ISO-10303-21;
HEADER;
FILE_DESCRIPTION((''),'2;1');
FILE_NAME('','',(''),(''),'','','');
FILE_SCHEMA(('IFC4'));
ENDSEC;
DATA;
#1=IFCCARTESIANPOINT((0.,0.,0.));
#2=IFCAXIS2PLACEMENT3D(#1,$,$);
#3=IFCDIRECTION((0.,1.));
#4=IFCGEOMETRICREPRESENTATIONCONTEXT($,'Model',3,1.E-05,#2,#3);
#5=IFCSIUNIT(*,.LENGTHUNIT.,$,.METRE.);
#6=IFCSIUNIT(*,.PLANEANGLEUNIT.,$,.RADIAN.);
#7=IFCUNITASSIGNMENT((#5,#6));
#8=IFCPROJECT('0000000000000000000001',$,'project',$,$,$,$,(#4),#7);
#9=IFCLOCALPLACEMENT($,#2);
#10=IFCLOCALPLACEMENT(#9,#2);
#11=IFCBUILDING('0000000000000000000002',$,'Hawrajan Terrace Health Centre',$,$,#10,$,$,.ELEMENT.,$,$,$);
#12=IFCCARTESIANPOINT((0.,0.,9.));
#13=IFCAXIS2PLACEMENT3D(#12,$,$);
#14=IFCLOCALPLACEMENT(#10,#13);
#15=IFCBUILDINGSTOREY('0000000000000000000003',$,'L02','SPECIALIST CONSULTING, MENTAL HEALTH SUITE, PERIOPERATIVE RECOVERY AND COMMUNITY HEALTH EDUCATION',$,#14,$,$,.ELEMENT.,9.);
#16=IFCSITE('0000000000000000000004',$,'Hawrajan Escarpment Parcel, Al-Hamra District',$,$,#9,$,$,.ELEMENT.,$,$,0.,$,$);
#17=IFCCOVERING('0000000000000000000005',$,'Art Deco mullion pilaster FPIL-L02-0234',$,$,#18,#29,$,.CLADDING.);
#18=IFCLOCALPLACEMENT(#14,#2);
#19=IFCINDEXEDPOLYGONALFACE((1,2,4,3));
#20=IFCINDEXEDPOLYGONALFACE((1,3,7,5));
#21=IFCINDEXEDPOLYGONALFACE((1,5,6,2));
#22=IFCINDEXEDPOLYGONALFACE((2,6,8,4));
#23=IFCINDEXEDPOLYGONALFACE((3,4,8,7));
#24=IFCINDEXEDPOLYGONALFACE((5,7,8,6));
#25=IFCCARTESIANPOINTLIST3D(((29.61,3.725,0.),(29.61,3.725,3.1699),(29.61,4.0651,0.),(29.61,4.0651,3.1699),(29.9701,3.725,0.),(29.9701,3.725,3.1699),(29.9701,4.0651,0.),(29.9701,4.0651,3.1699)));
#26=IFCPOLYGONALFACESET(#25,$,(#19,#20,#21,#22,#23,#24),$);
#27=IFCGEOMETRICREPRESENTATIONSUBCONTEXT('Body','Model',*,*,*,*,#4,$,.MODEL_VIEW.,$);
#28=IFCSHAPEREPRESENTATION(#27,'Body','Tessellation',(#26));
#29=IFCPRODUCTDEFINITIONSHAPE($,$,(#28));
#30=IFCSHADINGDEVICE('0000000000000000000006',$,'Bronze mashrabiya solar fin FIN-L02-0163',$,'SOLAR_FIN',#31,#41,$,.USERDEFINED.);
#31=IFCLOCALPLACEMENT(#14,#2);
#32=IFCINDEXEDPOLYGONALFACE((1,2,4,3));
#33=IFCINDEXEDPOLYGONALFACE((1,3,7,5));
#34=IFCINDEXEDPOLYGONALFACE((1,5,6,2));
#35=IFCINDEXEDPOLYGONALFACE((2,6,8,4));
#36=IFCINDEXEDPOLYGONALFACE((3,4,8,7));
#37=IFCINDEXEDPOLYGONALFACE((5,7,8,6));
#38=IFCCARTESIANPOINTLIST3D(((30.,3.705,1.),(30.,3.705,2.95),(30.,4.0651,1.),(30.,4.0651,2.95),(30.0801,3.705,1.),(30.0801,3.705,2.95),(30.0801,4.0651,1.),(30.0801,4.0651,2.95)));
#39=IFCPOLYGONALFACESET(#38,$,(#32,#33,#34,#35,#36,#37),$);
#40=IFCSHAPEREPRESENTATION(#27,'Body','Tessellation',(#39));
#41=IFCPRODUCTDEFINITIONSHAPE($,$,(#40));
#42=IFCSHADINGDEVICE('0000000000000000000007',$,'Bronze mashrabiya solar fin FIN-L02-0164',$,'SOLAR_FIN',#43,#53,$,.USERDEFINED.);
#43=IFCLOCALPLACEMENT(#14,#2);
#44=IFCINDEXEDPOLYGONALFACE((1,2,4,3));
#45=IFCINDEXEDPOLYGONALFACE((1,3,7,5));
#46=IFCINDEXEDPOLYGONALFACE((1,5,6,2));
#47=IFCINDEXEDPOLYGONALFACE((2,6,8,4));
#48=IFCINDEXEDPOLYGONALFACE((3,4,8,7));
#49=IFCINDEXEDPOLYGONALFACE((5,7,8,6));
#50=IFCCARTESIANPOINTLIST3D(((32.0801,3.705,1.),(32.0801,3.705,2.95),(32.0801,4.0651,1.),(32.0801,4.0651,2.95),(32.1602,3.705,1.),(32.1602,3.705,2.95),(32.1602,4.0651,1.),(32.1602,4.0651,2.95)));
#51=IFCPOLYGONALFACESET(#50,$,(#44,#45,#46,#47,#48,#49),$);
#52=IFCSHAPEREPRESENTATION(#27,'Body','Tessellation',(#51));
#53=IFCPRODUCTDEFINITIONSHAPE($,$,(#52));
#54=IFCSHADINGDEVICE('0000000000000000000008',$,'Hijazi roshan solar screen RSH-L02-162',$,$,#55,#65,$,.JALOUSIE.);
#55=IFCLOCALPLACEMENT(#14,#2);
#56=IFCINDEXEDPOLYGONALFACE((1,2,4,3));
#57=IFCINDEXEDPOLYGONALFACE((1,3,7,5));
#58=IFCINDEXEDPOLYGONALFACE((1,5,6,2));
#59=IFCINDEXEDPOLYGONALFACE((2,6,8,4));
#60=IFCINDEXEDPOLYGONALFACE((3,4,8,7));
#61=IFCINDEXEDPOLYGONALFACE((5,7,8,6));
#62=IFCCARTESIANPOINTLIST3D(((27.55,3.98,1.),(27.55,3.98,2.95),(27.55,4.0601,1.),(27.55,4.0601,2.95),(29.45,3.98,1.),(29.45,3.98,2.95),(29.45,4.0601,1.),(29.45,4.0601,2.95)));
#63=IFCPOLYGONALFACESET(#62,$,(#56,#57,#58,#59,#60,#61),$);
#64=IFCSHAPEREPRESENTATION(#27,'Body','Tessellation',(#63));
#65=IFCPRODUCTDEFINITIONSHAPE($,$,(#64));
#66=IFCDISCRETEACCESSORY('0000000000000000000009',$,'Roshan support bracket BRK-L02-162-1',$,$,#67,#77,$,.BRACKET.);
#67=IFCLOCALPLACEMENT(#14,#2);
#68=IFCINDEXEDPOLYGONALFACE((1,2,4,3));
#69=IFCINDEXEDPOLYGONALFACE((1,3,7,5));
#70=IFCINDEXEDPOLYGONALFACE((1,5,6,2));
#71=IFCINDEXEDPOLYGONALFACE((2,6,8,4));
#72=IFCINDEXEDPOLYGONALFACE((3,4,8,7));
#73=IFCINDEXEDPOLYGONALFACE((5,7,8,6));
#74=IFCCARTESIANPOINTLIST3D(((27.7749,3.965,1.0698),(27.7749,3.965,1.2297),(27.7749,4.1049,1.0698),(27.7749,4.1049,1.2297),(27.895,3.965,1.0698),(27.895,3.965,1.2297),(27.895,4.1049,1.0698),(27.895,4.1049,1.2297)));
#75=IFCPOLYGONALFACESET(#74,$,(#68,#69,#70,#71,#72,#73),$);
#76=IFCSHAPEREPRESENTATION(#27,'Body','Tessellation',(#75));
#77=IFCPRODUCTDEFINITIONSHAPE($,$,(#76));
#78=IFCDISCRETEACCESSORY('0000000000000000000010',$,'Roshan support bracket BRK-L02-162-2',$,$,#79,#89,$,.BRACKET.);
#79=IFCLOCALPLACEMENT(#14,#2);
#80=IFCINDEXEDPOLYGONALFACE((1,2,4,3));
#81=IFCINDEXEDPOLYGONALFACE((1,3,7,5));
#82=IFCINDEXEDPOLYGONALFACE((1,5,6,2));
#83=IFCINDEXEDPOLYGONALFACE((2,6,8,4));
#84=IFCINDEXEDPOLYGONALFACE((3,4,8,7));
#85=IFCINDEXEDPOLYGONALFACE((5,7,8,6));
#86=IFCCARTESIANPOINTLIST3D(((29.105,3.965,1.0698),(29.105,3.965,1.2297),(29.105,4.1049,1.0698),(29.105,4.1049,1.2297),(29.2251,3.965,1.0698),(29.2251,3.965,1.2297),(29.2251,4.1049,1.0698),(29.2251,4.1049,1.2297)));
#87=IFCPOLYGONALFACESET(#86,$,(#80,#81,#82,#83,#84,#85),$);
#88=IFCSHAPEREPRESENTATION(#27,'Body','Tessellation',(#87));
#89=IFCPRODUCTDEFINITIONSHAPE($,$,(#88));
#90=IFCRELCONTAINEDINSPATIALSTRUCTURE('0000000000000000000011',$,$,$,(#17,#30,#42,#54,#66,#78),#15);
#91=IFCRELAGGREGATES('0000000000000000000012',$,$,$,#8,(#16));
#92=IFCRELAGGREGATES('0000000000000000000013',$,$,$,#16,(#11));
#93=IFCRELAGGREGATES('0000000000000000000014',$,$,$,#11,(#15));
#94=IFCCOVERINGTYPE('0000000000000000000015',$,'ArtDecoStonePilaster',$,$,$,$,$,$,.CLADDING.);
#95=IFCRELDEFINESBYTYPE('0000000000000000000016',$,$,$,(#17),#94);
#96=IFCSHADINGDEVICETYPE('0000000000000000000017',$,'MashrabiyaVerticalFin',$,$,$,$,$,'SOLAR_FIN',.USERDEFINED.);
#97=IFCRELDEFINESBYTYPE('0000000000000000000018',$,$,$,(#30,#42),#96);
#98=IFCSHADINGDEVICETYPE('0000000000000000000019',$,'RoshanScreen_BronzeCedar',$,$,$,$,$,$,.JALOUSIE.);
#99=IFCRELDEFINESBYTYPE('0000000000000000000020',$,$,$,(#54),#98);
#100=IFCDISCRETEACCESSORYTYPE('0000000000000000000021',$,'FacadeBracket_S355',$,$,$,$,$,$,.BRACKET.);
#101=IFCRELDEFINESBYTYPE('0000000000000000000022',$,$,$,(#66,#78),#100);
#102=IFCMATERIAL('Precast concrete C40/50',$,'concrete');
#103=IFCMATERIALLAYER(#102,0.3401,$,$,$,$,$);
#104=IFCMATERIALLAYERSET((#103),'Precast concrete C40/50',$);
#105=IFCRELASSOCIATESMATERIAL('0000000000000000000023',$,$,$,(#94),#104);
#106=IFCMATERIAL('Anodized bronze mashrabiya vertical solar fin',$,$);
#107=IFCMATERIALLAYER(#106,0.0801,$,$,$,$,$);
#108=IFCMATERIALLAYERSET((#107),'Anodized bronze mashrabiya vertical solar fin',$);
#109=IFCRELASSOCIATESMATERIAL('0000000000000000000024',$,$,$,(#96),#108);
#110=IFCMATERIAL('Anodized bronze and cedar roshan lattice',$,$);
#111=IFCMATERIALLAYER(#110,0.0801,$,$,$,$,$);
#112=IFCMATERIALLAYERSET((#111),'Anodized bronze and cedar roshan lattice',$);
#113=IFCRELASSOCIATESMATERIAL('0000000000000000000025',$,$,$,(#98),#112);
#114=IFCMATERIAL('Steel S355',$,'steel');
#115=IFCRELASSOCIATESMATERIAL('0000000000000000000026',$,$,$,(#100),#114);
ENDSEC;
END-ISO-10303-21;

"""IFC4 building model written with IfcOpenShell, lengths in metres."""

from ifc_helpers import new_model, si_unit, direction, frame, origin, origin_2d, place, context, subcontext, project, spatial, rectangle, extrude, material, layer, layer_set, type_object, element, save


model = new_model("IFC4")

# Units and contexts
model_context = context("Model", 3, precision=1e-05, world=origin(), true_north=direction((0.0, 1.0)))
body_context = subcontext(model_context, "Body", "Model", "MODEL_VIEW")
ifc_project = project(units=[si_unit("LENGTHUNIT", "METRE"), si_unit("PLANEANGLEUNIT", "RADIAN")], contexts=[model_context])

# Site, building, storey
site_placement = place(None, origin())
site = spatial("IfcSite", under=ifc_project, at=site_placement, Name="Hawrajan Escarpment Parcel, Al-Hamra District", CompositionType="ELEMENT", RefElevation=0.0)
building_placement = place(site_placement, origin())
building = spatial("IfcBuilding", under=site, at=building_placement, Name="Hawrajan Terrace Health Centre", CompositionType="ELEMENT")
storey_placement = place(building_placement, frame((0.0, 0.0, 9.0)))
storey = spatial("IfcBuildingStorey", under=building, at=storey_placement, Name="L02", Description="SPECIALIST CONSULTING, MENTAL HEALTH SUITE, PERIOPERATIVE RECOVERY AND COMMUNITY HEALTH EDUCATION", CompositionType="ELEMENT", Elevation=9.0)

# Covering
ifc_material_1 = material(Name="Precast concrete C40/50", Category="concrete")
ifc_layer_1 = layer(ifc_material_1, 0.3401)
ifc_layer_set_1 = layer_set([ifc_layer_1], Name="Precast concrete C40/50")
covering_type_1 = type_object("IfcCoveringType", Name="ArtDecoStonePilaster", PredefinedType="CLADDING", material=ifc_layer_set_1)
covering_1_placement = place(storey_placement, frame((29.79, 3.895, 0.0), z_axis=(0.0, 0.0, 1.0), x_axis=(1.0, 0.0, 0.0)))
element("IfcCovering", 1, at=covering_1_placement, inside=storey, type_object=covering_type_1, Name="Art Deco mullion pilaster FPIL-L02-0234", PredefinedType="CLADDING", context=body_context, shape_type="SweptSolid", body=[
    extrude(rectangle(XDim=0.3601, YDim=0.3401, at=origin_2d()), origin(), (0.0, 0.0, 1.0), 3.1699),
])

# Shading devices
ifc_material_2 = material(Name="Anodized bronze mashrabiya vertical solar fin")
ifc_layer_2 = layer(ifc_material_2, 0.0801)
ifc_layer_set_2 = layer_set([ifc_layer_2], Name="Anodized bronze mashrabiya vertical solar fin")
shading_device_type_1 = type_object("IfcShadingDeviceType", Name="MashrabiyaVerticalFin", ElementType="SOLAR_FIN", PredefinedType="USERDEFINED", material=ifc_layer_set_2)
for number, where, z_axis, x_axis, name in (
    (2, (30.04, 3.885, 1.0), (0.0, 0.0, 1.0), (1.0, 0.0, 0.0), "Bronze mashrabiya solar fin FIN-L02-0163"),
    (3, (32.1201, 3.885, 1.0), (0.0, 0.0, 1.0), (1.0, 0.0, 0.0), "Bronze mashrabiya solar fin FIN-L02-0164"),
):
    element("IfcShadingDevice", number, at=place(storey_placement, frame(where, z_axis=z_axis, x_axis=x_axis)), inside=storey, type_object=shading_device_type_1, Name=name, ObjectType="SOLAR_FIN", PredefinedType="USERDEFINED", context=body_context, shape_type="SweptSolid", body=[
        extrude(rectangle(XDim=0.0801, YDim=0.3601, at=origin_2d()), origin(), (0.0, 0.0, 1.0), 1.95),
    ])
ifc_material_3 = material(Name="Anodized bronze and cedar roshan lattice")
ifc_layer_3 = layer(ifc_material_3, 0.0801)
ifc_layer_set_3 = layer_set([ifc_layer_3], Name="Anodized bronze and cedar roshan lattice")
shading_device_type_2 = type_object("IfcShadingDeviceType", Name="RoshanScreen_BronzeCedar", PredefinedType="JALOUSIE", material=ifc_layer_set_3)
shading_device_placement = place(storey_placement, frame((28.5, 4.02, 1.0), z_axis=(0.0, 0.0, 1.0), x_axis=(1.0, 0.0, 0.0)))
element("IfcShadingDevice", 4, at=shading_device_placement, inside=storey, type_object=shading_device_type_2, Name="Hijazi roshan solar screen RSH-L02-162", PredefinedType="JALOUSIE", context=body_context, shape_type="SweptSolid", body=[
    extrude(rectangle(XDim=1.8999, YDim=0.0801, at=origin_2d()), origin(), (0.0, 0.0, 1.0), 1.95),
])

# Discrete accessories
ifc_material_4 = material(Name="Steel S355", Category="steel")
discrete_accessory_type = type_object("IfcDiscreteAccessoryType", Name="FacadeBracket_S355", PredefinedType="BRACKET", material=ifc_material_4)
for number, where, z_axis, x_axis, name in (
    (5, (27.835, 4.0349, 1.0698), (0.0, 0.0, 1.0), (1.0, 0.0, 0.0), "Roshan support bracket BRK-L02-162-1"),
    (6, (29.165, 4.0349, 1.0698), (0.0, 0.0, 1.0), (1.0, 0.0, 0.0), "Roshan support bracket BRK-L02-162-2"),
):
    element("IfcDiscreteAccessory", number, at=place(storey_placement, frame(where, z_axis=z_axis, x_axis=x_axis)), inside=storey, type_object=discrete_accessory_type, Name=name, PredefinedType="BRACKET", context=body_context, shape_type="SweptSolid", body=[
        extrude(rectangle(XDim=0.1201, YDim=0.1399, at=origin_2d()), origin(), (0.0, 0.0, 1.0), 0.1599),
    ])

save(model, "model.ifc")
